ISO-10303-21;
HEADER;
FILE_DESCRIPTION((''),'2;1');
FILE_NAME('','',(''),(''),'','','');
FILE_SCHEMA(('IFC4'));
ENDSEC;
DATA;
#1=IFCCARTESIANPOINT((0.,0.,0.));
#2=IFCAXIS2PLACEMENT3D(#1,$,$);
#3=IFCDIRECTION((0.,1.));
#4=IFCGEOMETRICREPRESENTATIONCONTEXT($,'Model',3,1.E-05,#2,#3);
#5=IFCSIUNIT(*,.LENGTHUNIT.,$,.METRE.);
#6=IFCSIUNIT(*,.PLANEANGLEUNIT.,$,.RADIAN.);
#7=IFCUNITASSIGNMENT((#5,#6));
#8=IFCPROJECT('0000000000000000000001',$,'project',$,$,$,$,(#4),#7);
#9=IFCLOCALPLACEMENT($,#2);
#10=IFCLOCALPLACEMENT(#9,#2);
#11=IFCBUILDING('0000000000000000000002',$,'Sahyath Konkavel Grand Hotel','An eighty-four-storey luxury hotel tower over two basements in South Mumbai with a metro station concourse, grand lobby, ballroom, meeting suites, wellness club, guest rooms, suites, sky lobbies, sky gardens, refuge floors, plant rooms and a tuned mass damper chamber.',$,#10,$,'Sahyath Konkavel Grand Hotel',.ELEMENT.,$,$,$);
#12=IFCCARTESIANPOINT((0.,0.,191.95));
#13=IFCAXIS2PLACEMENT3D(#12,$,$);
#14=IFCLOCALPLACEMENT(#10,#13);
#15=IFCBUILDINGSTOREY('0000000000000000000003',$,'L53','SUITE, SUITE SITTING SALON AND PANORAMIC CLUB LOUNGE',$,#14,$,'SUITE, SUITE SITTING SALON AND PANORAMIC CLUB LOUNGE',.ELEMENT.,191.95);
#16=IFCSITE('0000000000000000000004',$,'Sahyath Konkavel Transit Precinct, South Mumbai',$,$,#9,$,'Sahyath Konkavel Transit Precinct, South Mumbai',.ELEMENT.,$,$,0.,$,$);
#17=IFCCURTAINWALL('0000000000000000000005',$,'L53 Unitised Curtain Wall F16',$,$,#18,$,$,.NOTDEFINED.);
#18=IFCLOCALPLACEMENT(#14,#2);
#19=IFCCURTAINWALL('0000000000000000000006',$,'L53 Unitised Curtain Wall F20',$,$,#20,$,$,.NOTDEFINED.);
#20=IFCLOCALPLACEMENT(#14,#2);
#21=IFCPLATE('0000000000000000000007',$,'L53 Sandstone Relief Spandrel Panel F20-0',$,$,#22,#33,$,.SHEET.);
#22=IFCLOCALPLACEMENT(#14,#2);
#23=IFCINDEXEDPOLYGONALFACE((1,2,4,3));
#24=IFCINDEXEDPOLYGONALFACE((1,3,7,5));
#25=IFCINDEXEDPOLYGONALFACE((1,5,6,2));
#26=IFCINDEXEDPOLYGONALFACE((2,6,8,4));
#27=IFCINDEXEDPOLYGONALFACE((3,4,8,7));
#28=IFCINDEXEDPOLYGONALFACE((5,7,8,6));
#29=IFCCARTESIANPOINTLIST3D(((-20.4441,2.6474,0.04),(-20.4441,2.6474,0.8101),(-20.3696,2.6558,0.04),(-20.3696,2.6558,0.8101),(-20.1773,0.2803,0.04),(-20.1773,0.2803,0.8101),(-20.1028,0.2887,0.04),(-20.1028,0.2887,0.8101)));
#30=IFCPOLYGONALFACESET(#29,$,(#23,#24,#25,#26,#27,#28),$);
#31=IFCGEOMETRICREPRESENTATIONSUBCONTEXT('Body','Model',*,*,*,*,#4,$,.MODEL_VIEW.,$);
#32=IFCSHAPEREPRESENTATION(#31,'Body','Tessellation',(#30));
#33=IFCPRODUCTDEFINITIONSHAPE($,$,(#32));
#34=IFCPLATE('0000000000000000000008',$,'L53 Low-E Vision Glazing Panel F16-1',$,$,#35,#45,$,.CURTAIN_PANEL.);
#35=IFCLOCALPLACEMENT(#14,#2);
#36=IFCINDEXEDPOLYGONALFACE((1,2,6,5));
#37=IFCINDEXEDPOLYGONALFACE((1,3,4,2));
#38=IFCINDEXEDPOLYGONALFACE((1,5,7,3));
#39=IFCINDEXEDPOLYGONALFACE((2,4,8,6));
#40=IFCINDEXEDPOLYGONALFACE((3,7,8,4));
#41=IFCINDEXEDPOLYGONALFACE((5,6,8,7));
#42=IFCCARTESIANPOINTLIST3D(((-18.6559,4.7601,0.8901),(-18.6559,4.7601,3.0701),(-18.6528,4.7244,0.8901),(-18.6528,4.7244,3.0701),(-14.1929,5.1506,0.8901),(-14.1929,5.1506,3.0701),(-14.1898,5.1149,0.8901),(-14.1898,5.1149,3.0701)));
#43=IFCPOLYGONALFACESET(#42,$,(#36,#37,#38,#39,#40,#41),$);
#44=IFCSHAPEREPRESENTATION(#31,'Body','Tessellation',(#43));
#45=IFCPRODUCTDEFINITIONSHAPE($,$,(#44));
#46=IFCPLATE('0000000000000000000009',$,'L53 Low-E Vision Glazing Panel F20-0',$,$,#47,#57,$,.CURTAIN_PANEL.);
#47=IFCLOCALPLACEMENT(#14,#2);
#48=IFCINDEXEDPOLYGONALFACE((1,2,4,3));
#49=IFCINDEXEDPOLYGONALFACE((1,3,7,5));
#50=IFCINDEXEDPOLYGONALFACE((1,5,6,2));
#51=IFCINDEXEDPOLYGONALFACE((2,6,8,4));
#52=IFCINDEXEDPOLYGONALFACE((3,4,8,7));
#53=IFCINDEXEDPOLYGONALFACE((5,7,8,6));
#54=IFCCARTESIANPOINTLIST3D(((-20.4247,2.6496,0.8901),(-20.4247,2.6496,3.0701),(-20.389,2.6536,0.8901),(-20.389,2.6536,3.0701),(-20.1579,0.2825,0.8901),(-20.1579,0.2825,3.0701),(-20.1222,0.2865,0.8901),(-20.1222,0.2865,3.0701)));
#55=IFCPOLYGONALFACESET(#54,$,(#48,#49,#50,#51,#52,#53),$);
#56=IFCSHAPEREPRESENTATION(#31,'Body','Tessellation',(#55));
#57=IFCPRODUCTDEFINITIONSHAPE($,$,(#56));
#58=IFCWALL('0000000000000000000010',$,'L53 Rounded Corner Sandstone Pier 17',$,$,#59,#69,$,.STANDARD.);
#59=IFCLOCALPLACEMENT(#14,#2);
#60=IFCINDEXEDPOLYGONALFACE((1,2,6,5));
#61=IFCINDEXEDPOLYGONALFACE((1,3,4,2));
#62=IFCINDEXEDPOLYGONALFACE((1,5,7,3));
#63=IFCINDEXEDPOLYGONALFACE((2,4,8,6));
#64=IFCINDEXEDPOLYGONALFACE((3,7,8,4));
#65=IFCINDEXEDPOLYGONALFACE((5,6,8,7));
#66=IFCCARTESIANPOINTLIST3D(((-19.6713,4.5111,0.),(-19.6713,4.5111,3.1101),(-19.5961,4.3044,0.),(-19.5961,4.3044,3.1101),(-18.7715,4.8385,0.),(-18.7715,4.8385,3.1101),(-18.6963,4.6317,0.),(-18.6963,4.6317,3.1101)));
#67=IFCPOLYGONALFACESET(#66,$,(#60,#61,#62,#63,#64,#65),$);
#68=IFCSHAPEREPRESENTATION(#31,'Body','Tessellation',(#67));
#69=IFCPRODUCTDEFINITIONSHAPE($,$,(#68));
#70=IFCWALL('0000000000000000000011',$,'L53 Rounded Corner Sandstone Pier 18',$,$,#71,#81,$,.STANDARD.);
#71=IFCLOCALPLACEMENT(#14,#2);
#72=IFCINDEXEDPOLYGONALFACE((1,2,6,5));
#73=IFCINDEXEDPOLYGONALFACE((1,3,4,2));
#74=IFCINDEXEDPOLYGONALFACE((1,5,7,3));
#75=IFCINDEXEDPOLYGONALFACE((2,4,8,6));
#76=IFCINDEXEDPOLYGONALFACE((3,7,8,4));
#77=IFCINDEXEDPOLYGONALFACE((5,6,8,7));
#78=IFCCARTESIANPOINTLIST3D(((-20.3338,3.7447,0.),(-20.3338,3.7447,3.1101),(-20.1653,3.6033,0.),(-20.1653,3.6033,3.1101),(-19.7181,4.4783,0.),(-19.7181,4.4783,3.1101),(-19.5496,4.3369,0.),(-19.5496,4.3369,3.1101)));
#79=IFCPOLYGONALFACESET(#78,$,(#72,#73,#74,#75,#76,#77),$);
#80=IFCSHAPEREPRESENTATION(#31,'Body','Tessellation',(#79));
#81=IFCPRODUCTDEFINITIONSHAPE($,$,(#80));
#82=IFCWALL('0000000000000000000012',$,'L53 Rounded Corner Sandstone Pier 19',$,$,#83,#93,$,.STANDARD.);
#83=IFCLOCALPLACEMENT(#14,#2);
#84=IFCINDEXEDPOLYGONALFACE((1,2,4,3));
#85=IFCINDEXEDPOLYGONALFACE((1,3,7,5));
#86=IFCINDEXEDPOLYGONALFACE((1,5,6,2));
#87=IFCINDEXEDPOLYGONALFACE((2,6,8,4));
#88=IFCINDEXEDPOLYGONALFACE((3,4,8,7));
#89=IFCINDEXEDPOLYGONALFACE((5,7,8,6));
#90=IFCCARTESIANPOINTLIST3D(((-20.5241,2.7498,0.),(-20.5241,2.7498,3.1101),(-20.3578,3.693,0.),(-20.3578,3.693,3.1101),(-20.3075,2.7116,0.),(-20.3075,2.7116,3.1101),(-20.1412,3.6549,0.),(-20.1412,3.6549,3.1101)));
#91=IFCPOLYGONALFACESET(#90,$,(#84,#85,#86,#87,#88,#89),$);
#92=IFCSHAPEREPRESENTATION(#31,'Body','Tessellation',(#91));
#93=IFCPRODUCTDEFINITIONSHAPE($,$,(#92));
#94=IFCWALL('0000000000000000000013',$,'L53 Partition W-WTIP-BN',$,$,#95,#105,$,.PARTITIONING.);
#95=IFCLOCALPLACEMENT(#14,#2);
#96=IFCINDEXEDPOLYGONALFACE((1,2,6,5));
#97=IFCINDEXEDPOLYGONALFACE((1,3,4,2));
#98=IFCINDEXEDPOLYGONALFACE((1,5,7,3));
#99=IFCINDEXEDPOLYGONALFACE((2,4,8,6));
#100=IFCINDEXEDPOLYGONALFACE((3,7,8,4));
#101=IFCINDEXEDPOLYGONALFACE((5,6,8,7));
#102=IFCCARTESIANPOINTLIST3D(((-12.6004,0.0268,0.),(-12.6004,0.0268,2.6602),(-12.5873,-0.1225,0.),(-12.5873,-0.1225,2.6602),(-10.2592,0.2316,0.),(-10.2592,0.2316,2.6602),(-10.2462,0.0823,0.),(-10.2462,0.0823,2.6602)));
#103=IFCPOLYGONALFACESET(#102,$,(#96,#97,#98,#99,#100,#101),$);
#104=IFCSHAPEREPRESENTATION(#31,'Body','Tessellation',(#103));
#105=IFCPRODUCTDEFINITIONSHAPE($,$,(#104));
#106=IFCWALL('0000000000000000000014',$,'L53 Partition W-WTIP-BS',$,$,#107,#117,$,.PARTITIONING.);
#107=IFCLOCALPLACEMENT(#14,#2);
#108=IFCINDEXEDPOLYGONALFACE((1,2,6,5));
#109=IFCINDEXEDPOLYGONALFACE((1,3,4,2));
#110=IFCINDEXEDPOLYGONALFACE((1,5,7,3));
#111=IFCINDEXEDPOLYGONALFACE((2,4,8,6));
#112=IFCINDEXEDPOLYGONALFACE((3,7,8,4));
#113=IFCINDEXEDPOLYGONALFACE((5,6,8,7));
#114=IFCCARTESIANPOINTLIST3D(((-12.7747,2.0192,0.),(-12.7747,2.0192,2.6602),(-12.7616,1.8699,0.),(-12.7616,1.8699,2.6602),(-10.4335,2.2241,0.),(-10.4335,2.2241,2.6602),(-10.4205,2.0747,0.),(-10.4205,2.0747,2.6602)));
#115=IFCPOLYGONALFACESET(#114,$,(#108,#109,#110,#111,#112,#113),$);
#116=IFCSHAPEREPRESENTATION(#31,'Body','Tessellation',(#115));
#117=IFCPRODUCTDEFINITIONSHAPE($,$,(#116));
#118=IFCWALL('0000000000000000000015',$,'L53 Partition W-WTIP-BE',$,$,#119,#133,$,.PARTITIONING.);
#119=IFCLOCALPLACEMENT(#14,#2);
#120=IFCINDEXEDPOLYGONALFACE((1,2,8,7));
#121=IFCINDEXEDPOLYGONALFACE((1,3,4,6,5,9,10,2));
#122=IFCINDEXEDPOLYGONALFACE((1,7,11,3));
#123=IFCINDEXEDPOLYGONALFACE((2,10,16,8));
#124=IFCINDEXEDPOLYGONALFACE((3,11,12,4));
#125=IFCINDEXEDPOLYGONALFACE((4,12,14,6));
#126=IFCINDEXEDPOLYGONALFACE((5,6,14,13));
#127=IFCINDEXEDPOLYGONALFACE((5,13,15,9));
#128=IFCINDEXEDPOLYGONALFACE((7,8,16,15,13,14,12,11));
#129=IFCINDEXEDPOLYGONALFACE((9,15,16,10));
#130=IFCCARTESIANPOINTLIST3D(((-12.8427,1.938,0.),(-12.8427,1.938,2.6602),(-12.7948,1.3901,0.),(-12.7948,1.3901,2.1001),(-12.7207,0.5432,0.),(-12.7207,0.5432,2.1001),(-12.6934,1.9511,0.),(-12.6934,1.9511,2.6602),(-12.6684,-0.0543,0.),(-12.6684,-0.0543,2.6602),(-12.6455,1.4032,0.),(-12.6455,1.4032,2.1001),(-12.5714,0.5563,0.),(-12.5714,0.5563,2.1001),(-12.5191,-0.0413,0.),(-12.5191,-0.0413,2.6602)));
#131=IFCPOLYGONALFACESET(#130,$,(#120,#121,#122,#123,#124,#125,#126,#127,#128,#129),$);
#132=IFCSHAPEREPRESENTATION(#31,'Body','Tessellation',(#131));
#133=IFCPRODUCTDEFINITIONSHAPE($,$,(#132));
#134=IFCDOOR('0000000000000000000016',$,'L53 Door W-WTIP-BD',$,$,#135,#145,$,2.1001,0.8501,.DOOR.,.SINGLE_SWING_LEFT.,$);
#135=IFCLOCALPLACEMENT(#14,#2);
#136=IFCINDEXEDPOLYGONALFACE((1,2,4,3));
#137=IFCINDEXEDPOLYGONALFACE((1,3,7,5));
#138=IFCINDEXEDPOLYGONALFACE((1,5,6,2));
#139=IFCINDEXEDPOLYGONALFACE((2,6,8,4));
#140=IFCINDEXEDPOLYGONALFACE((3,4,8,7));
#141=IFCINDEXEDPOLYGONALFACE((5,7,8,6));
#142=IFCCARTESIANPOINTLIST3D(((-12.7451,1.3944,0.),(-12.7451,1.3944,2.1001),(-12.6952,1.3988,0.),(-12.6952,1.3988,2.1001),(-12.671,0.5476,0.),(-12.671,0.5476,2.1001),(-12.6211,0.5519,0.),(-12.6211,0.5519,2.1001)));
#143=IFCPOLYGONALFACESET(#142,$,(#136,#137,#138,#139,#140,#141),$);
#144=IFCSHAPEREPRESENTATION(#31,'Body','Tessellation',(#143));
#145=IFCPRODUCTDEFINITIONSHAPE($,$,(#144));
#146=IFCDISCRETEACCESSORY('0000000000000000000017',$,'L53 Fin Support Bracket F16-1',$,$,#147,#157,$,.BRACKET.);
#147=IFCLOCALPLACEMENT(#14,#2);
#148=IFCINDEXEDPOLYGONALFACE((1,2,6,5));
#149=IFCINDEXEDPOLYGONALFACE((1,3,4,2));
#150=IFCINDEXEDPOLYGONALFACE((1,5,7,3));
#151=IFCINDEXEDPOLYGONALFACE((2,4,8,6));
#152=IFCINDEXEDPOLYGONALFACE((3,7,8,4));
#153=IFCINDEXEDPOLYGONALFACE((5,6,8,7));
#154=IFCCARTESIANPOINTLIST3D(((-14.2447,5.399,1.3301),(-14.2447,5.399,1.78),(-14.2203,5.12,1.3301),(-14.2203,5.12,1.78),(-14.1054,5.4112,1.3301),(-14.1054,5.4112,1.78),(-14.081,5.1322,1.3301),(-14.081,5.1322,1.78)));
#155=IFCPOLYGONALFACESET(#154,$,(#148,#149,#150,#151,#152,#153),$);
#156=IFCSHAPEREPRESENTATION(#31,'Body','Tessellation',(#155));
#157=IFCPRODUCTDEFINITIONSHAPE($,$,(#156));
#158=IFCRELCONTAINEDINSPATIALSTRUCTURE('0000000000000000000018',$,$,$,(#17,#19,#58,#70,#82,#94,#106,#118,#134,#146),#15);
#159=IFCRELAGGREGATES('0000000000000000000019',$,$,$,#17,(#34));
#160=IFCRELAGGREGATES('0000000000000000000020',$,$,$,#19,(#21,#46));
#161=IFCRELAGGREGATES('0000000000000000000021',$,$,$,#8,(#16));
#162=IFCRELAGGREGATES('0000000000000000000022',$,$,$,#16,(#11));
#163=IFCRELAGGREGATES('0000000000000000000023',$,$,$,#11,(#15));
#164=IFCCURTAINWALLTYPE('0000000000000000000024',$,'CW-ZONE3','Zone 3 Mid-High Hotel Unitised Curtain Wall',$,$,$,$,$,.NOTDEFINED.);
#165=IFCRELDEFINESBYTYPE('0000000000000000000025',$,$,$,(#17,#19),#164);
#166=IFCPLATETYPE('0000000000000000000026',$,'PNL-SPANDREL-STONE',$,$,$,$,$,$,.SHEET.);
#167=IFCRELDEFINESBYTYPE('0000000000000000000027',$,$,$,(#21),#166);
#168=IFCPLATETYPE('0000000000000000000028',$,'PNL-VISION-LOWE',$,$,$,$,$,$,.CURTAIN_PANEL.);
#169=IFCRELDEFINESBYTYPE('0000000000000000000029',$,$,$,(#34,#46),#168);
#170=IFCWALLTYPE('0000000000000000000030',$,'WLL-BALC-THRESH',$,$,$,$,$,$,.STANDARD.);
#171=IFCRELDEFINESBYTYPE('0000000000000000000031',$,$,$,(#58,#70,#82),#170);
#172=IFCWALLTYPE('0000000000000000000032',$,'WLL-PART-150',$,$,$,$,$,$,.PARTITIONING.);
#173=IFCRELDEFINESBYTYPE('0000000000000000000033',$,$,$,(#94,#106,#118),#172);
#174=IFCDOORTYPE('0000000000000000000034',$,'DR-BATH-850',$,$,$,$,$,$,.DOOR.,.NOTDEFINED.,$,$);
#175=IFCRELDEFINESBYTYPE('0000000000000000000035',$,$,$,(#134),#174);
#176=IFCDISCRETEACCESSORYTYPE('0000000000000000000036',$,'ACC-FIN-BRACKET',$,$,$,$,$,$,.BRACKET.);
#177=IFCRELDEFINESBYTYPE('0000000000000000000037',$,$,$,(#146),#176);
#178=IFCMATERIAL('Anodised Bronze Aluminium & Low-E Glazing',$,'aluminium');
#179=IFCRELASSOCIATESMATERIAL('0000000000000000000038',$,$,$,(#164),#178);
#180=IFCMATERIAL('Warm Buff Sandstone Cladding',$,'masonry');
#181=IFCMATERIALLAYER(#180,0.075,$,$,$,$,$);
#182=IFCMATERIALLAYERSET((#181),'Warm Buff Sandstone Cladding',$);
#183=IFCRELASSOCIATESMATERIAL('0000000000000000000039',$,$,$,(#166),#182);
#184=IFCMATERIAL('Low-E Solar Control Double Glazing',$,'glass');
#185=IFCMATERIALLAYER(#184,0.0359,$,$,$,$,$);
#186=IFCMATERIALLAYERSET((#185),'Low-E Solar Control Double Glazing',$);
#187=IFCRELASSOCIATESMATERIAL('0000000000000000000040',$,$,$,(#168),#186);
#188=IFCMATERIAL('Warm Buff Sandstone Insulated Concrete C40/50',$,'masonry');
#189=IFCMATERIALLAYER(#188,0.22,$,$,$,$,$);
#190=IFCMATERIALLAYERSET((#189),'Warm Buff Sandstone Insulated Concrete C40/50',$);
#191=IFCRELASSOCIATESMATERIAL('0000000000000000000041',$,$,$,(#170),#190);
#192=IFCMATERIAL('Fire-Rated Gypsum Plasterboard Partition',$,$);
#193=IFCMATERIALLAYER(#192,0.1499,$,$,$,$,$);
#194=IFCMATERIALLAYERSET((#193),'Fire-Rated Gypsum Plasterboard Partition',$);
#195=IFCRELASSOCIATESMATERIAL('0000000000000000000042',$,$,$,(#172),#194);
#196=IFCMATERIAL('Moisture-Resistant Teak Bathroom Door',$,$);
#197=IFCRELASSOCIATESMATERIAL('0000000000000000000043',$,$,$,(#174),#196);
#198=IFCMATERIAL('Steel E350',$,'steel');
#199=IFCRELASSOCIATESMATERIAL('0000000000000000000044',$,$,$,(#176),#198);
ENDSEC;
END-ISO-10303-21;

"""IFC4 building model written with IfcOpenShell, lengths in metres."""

from ifc_helpers import new_model, si_unit, direction, frame, frame_2d, origin, origin_2d, place, context, subcontext, project, spatial, rectangle, extrude, source, transform, mapped, material, layer, layer_set, type_object, element, fill, aggregate, save


model = new_model("IFC4")

# Units and contexts
model_context = context("Model", 3, precision=1e-05, world=origin(), true_north=direction((0.0, 1.0)))
body_context = subcontext(model_context, "Body", "Model", "MODEL_VIEW")
ifc_project = project(units=[si_unit("LENGTHUNIT", "METRE"), si_unit("PLANEANGLEUNIT", "RADIAN")], contexts=[model_context])

# Site, building, storey
site_placement = place(None, origin())
site = spatial("IfcSite", under=ifc_project, at=site_placement, Name="Sahyath Konkavel Transit Precinct, South Mumbai", LongName="Sahyath Konkavel Transit Precinct, South Mumbai", CompositionType="ELEMENT", RefElevation=0.0)
building_placement = place(site_placement, origin())
building = spatial("IfcBuilding", under=site, at=building_placement, Name="Sahyath Konkavel Grand Hotel", Description="An eighty-four-storey luxury hotel tower over two basements in South Mumbai with a metro station concourse, grand lobby, ballroom, meeting suites, wellness club, guest rooms, suites, sky lobbies, sky gardens, refuge floors, plant rooms and a tuned mass damper chamber.", LongName="Sahyath Konkavel Grand Hotel", CompositionType="ELEMENT")
storey_placement = place(building_placement, frame((0.0, 0.0, 191.95)))
storey = spatial("IfcBuildingStorey", under=building, at=storey_placement, Name="L53", Description="SUITE, SUITE SITTING SALON AND PANORAMIC CLUB LOUNGE", LongName="SUITE, SUITE SITTING SALON AND PANORAMIC CLUB LOUNGE", CompositionType="ELEMENT", Elevation=191.95)

# Shared definitions
ifc_material_1 = material(Name="Steel E350", Category="steel")

# Curtain walls
ifc_material_2 = material(Name="Anodised Bronze Aluminium & Low-E Glazing", Category="aluminium")
curtain_wall_type = type_object("IfcCurtainWallType", Name="CW-ZONE3", Description="Zone 3 Mid-High Hotel Unitised Curtain Wall", PredefinedType="NOTDEFINED", material=ifc_material_2)
curtain_wall_1_placement = place(storey_placement, origin())
curtain_wall_1 = element("IfcCurtainWall", 1, at=curtain_wall_1_placement, inside=storey, type_object=curtain_wall_type, Name="L53 Unitised Curtain Wall F16", PredefinedType="NOTDEFINED")
curtain_wall_2_placement = place(storey_placement, origin())
curtain_wall_2 = element("IfcCurtainWall", 2, at=curtain_wall_2_placement, inside=storey, type_object=curtain_wall_type, Name="L53 Unitised Curtain Wall F20", PredefinedType="NOTDEFINED")

# Plates
ifc_material_3 = material(Name="Warm Buff Sandstone Cladding", Category="masonry")
ifc_layer_1 = layer(ifc_material_3, 0.075)
ifc_layer_set_1 = layer_set([ifc_layer_1], Name="Warm Buff Sandstone Cladding")
plate_type_1 = type_object("IfcPlateType", Name="PNL-SPANDREL-STONE", PredefinedType="SHEET", material=ifc_layer_set_1)
shared_shape_1 = source(origin(), body_context, "Body", "SweptSolid", [
    extrude(rectangle(XDim=2.3821, YDim=0.075, at=origin_2d()), origin(), (0.0, 0.0, 1.0), 0.77),
])
plate_1_placement = place(storey_placement, frame((-20.2734, 1.468, 0.04), z_axis=(0.0, 0.0, 1.0), x_axis=(0.111989, -0.993709, 0.0)))
plate_1 = element("IfcPlate", 3, at=plate_1_placement, type_object=plate_type_1, Name="L53 Sandstone Relief Spandrel Panel F20-0", PredefinedType="SHEET", context=body_context, shape_type="MappedRepresentation", body=[
    mapped(shared_shape_1, transform((0.0, 0.0, 0.0), scale=1.0)),
])
ifc_material_4 = material(Name="Low-E Solar Control Double Glazing", Category="glass")
ifc_layer_2 = layer(ifc_material_4, 0.0359)
ifc_layer_set_2 = layer_set([ifc_layer_2], Name="Low-E Solar Control Double Glazing")
plate_type_2 = type_object("IfcPlateType", Name="PNL-VISION-LOWE", PredefinedType="CURTAIN_PANEL", material=ifc_layer_set_2)
shared_shape_2 = source(origin(), body_context, "Body", "SweptSolid", [
    extrude(rectangle(XDim=4.48, YDim=0.0359, at=origin_2d()), origin(), (0.0, 0.0, 1.0), 2.1799),
])
plate_2_placement = place(storey_placement, frame((-16.4229, 4.9375, 0.8901), z_axis=(0.0, 0.0, 1.0), x_axis=(-0.996195, -0.087156, 0.0)))
plate_2 = element("IfcPlate", 4, at=plate_2_placement, type_object=plate_type_2, Name="L53 Low-E Vision Glazing Panel F16-1", PredefinedType="CURTAIN_PANEL", context=body_context, shape_type="MappedRepresentation", body=[
    mapped(shared_shape_2, transform((0.0, 0.0, 0.0), scale=1.0)),
])
aggregate(curtain_wall_1, [plate_2])
shared_shape_3 = source(origin(), body_context, "Body", "SweptSolid", [
    extrude(rectangle(XDim=2.3821, YDim=0.0359, at=origin_2d()), origin(), (0.0, 0.0, 1.0), 2.1799),
])
plate_3_placement = place(storey_placement, frame((-20.2734, 1.468, 0.8901), z_axis=(0.0, 0.0, 1.0), x_axis=(0.111989, -0.993709, 0.0)))
plate_3 = element("IfcPlate", 5, at=plate_3_placement, type_object=plate_type_2, Name="L53 Low-E Vision Glazing Panel F20-0", PredefinedType="CURTAIN_PANEL", context=body_context, shape_type="MappedRepresentation", body=[
    mapped(shared_shape_3, transform((0.0, 0.0, 0.0), scale=1.0)),
])
aggregate(curtain_wall_2, [plate_1, plate_3])

# Walls
ifc_material_5 = material(Name="Warm Buff Sandstone Insulated Concrete C40/50", Category="masonry")
ifc_layer_3 = layer(ifc_material_5, 0.22)
ifc_layer_set_3 = layer_set([ifc_layer_3], Name="Warm Buff Sandstone Insulated Concrete C40/50")
wall_type_1 = type_object("IfcWallType", Name="WLL-BALC-THRESH", PredefinedType="STANDARD", material=ifc_layer_set_3)
wall_1_placement = place(storey_placement, frame((-18.7339, 4.7351, 0.0), z_axis=(0.0, 0.0, 1.0), x_axis=(-0.939741, -0.341886, 0.0)))
element("IfcWall", 6, at=wall_1_placement, inside=storey, type_object=wall_type_1, Name="L53 Rounded Corner Sandstone Pier 17", PredefinedType="STANDARD", context=body_context, shape_type="SweptSolid", body=[
    extrude(rectangle(XDim=0.9575, YDim=0.22, at=frame_2d((0.4788, 0.0))), origin(), (0.0, 0.0, 1.0), 3.1101),
])
for number, where, z_axis, x_axis, name in (
    (7, (-19.6338, 4.4077, 0.0), (0.0, 0.0, 1.0), (-0.642863, -0.765981, 0.0), "L53 Rounded Corner Sandstone Pier 18"),
    (8, (-20.2495, 3.6741, 0.0), (0.0, 0.0, 1.0), (-0.173611, -0.984814, 0.0), "L53 Rounded Corner Sandstone Pier 19"),
):
    element("IfcWall", number, at=place(storey_placement, frame(where, z_axis=z_axis, x_axis=x_axis)), inside=storey, type_object=wall_type_1, Name=name, PredefinedType="STANDARD", context=body_context, shape_type="SweptSolid", body=[
        extrude(rectangle(XDim=0.9578, YDim=0.22, at=frame_2d((0.479, 0.0))), origin(), (0.0, 0.0, 1.0), 3.1101),
    ])
ifc_material_6 = material(Name="Fire-Rated Gypsum Plasterboard Partition")
ifc_layer_4 = layer(ifc_material_6, 0.1499)
ifc_layer_set_4 = layer_set([ifc_layer_4], Name="Fire-Rated Gypsum Plasterboard Partition")
wall_type_2 = type_object("IfcWallType", Name="WLL-PART-150", PredefinedType="PARTITIONING", material=ifc_layer_set_4)
for number, where, z_axis, x_axis, name in (
    (9, (-10.2527, 0.157, 0.0), (0.0, 0.0, 1.0), (-0.996194, -0.087163, 0.0), "L53 Partition W-WTIP-BN"),
    (10, (-10.427, 2.1494, 0.0), (0.0, 0.0, 1.0), (-0.996194, -0.087163, 0.0), "L53 Partition W-WTIP-BS"),
):
    element("IfcWall", number, at=place(storey_placement, frame(where, z_axis=z_axis, x_axis=x_axis)), inside=storey, type_object=wall_type_2, Name=name, PredefinedType="PARTITIONING", context=body_context, shape_type="SweptSolid", body=[
        extrude(rectangle(XDim=2.3501, YDim=0.1499, at=frame_2d((1.175, 0.0))), origin(), (0.0, 0.0, 1.0), 2.6602),
    ])

# Wall, opening, door
wall_2_placement = place(storey_placement, frame((-12.7681, 1.9446, 0.0), z_axis=(0.0, 0.0, 1.0), x_axis=(0.087156, -0.996195, 0.0)))
wall_2 = element("IfcWall", 11, at=wall_2_placement, inside=storey, type_object=wall_type_2, Name="L53 Partition W-WTIP-BE", PredefinedType="PARTITIONING", context=body_context, shape_type="SweptSolid", body=[
    extrude(rectangle(XDim=2.0, YDim=0.1499, at=frame_2d((1.0, 0.0))), origin(), (0.0, 0.0, 1.0), 2.6602),
])
opening_placement = place(wall_2_placement, frame((0.55, 0.0, 0.0)))
opening = element("IfcOpeningElement", 12, at=opening_placement, cuts=wall_2, PredefinedType="OPENING", context=body_context, shape_type="SweptSolid", body=[
    extrude(rectangle(XDim=0.8501, YDim=2.1001, at=frame_2d((0.425, 1.05))), frame((0.0, 0.085, 0.0), z_axis=(0.0, -1.0, 0.0), x_axis=(1.0, 0.0, 0.0)), (0.0, 0.0, 1.0), 0.1699),
])
ifc_material_7 = material(Name="Moisture-Resistant Teak Bathroom Door")
door_type = type_object("IfcDoorType", Name="DR-BATH-850", OperationType="NOTDEFINED", PredefinedType="DOOR", material=ifc_material_7)
shared_shape_4 = source(origin(), body_context, "Body", "SweptSolid", [
    extrude(rectangle(XDim=0.8501, YDim=0.05, at=origin_2d()), origin(), (0.0, 0.0, 1.0), 2.1001),
])
door_placement = place(opening_placement, frame((0.425, 0.0, 0.0)))
door = element("IfcDoor", 13, at=door_placement, inside=storey, type_object=door_type, Name="L53 Door W-WTIP-BD", OperationType="SINGLE_SWING_LEFT", OverallHeight=2.1001, OverallWidth=0.8501, PredefinedType="DOOR", context=body_context, shape_type="MappedRepresentation", body=[
    mapped(shared_shape_4, transform((0.0, 0.0, 0.0), scale=1.0)),
])
fill(opening, door)

# Discrete accessory
discrete_accessory_type = type_object("IfcDiscreteAccessoryType", Name="ACC-FIN-BRACKET", PredefinedType="BRACKET", material=ifc_material_1)
shared_shape_5 = source(origin(), body_context, "Body", "SweptSolid", [
    extrude(rectangle(XDim=0.28, YDim=0.1399, at=origin_2d()), origin(), (0.0, 0.0, 1.0), 0.45),
])
discrete_accessory_placement = place(storey_placement, frame((-14.1628, 5.2656, 1.3301), z_axis=(0.0, 0.0, 1.0), x_axis=(-0.087156, 0.996195, 0.0)))
element("IfcDiscreteAccessory", 14, at=discrete_accessory_placement, inside=storey, type_object=discrete_accessory_type, Name="L53 Fin Support Bracket F16-1", PredefinedType="BRACKET", context=body_context, shape_type="MappedRepresentation", body=[
    mapped(shared_shape_5, transform((0.0, 0.0, 0.0), scale=1.0)),
])

save(model, "model.ifc")
